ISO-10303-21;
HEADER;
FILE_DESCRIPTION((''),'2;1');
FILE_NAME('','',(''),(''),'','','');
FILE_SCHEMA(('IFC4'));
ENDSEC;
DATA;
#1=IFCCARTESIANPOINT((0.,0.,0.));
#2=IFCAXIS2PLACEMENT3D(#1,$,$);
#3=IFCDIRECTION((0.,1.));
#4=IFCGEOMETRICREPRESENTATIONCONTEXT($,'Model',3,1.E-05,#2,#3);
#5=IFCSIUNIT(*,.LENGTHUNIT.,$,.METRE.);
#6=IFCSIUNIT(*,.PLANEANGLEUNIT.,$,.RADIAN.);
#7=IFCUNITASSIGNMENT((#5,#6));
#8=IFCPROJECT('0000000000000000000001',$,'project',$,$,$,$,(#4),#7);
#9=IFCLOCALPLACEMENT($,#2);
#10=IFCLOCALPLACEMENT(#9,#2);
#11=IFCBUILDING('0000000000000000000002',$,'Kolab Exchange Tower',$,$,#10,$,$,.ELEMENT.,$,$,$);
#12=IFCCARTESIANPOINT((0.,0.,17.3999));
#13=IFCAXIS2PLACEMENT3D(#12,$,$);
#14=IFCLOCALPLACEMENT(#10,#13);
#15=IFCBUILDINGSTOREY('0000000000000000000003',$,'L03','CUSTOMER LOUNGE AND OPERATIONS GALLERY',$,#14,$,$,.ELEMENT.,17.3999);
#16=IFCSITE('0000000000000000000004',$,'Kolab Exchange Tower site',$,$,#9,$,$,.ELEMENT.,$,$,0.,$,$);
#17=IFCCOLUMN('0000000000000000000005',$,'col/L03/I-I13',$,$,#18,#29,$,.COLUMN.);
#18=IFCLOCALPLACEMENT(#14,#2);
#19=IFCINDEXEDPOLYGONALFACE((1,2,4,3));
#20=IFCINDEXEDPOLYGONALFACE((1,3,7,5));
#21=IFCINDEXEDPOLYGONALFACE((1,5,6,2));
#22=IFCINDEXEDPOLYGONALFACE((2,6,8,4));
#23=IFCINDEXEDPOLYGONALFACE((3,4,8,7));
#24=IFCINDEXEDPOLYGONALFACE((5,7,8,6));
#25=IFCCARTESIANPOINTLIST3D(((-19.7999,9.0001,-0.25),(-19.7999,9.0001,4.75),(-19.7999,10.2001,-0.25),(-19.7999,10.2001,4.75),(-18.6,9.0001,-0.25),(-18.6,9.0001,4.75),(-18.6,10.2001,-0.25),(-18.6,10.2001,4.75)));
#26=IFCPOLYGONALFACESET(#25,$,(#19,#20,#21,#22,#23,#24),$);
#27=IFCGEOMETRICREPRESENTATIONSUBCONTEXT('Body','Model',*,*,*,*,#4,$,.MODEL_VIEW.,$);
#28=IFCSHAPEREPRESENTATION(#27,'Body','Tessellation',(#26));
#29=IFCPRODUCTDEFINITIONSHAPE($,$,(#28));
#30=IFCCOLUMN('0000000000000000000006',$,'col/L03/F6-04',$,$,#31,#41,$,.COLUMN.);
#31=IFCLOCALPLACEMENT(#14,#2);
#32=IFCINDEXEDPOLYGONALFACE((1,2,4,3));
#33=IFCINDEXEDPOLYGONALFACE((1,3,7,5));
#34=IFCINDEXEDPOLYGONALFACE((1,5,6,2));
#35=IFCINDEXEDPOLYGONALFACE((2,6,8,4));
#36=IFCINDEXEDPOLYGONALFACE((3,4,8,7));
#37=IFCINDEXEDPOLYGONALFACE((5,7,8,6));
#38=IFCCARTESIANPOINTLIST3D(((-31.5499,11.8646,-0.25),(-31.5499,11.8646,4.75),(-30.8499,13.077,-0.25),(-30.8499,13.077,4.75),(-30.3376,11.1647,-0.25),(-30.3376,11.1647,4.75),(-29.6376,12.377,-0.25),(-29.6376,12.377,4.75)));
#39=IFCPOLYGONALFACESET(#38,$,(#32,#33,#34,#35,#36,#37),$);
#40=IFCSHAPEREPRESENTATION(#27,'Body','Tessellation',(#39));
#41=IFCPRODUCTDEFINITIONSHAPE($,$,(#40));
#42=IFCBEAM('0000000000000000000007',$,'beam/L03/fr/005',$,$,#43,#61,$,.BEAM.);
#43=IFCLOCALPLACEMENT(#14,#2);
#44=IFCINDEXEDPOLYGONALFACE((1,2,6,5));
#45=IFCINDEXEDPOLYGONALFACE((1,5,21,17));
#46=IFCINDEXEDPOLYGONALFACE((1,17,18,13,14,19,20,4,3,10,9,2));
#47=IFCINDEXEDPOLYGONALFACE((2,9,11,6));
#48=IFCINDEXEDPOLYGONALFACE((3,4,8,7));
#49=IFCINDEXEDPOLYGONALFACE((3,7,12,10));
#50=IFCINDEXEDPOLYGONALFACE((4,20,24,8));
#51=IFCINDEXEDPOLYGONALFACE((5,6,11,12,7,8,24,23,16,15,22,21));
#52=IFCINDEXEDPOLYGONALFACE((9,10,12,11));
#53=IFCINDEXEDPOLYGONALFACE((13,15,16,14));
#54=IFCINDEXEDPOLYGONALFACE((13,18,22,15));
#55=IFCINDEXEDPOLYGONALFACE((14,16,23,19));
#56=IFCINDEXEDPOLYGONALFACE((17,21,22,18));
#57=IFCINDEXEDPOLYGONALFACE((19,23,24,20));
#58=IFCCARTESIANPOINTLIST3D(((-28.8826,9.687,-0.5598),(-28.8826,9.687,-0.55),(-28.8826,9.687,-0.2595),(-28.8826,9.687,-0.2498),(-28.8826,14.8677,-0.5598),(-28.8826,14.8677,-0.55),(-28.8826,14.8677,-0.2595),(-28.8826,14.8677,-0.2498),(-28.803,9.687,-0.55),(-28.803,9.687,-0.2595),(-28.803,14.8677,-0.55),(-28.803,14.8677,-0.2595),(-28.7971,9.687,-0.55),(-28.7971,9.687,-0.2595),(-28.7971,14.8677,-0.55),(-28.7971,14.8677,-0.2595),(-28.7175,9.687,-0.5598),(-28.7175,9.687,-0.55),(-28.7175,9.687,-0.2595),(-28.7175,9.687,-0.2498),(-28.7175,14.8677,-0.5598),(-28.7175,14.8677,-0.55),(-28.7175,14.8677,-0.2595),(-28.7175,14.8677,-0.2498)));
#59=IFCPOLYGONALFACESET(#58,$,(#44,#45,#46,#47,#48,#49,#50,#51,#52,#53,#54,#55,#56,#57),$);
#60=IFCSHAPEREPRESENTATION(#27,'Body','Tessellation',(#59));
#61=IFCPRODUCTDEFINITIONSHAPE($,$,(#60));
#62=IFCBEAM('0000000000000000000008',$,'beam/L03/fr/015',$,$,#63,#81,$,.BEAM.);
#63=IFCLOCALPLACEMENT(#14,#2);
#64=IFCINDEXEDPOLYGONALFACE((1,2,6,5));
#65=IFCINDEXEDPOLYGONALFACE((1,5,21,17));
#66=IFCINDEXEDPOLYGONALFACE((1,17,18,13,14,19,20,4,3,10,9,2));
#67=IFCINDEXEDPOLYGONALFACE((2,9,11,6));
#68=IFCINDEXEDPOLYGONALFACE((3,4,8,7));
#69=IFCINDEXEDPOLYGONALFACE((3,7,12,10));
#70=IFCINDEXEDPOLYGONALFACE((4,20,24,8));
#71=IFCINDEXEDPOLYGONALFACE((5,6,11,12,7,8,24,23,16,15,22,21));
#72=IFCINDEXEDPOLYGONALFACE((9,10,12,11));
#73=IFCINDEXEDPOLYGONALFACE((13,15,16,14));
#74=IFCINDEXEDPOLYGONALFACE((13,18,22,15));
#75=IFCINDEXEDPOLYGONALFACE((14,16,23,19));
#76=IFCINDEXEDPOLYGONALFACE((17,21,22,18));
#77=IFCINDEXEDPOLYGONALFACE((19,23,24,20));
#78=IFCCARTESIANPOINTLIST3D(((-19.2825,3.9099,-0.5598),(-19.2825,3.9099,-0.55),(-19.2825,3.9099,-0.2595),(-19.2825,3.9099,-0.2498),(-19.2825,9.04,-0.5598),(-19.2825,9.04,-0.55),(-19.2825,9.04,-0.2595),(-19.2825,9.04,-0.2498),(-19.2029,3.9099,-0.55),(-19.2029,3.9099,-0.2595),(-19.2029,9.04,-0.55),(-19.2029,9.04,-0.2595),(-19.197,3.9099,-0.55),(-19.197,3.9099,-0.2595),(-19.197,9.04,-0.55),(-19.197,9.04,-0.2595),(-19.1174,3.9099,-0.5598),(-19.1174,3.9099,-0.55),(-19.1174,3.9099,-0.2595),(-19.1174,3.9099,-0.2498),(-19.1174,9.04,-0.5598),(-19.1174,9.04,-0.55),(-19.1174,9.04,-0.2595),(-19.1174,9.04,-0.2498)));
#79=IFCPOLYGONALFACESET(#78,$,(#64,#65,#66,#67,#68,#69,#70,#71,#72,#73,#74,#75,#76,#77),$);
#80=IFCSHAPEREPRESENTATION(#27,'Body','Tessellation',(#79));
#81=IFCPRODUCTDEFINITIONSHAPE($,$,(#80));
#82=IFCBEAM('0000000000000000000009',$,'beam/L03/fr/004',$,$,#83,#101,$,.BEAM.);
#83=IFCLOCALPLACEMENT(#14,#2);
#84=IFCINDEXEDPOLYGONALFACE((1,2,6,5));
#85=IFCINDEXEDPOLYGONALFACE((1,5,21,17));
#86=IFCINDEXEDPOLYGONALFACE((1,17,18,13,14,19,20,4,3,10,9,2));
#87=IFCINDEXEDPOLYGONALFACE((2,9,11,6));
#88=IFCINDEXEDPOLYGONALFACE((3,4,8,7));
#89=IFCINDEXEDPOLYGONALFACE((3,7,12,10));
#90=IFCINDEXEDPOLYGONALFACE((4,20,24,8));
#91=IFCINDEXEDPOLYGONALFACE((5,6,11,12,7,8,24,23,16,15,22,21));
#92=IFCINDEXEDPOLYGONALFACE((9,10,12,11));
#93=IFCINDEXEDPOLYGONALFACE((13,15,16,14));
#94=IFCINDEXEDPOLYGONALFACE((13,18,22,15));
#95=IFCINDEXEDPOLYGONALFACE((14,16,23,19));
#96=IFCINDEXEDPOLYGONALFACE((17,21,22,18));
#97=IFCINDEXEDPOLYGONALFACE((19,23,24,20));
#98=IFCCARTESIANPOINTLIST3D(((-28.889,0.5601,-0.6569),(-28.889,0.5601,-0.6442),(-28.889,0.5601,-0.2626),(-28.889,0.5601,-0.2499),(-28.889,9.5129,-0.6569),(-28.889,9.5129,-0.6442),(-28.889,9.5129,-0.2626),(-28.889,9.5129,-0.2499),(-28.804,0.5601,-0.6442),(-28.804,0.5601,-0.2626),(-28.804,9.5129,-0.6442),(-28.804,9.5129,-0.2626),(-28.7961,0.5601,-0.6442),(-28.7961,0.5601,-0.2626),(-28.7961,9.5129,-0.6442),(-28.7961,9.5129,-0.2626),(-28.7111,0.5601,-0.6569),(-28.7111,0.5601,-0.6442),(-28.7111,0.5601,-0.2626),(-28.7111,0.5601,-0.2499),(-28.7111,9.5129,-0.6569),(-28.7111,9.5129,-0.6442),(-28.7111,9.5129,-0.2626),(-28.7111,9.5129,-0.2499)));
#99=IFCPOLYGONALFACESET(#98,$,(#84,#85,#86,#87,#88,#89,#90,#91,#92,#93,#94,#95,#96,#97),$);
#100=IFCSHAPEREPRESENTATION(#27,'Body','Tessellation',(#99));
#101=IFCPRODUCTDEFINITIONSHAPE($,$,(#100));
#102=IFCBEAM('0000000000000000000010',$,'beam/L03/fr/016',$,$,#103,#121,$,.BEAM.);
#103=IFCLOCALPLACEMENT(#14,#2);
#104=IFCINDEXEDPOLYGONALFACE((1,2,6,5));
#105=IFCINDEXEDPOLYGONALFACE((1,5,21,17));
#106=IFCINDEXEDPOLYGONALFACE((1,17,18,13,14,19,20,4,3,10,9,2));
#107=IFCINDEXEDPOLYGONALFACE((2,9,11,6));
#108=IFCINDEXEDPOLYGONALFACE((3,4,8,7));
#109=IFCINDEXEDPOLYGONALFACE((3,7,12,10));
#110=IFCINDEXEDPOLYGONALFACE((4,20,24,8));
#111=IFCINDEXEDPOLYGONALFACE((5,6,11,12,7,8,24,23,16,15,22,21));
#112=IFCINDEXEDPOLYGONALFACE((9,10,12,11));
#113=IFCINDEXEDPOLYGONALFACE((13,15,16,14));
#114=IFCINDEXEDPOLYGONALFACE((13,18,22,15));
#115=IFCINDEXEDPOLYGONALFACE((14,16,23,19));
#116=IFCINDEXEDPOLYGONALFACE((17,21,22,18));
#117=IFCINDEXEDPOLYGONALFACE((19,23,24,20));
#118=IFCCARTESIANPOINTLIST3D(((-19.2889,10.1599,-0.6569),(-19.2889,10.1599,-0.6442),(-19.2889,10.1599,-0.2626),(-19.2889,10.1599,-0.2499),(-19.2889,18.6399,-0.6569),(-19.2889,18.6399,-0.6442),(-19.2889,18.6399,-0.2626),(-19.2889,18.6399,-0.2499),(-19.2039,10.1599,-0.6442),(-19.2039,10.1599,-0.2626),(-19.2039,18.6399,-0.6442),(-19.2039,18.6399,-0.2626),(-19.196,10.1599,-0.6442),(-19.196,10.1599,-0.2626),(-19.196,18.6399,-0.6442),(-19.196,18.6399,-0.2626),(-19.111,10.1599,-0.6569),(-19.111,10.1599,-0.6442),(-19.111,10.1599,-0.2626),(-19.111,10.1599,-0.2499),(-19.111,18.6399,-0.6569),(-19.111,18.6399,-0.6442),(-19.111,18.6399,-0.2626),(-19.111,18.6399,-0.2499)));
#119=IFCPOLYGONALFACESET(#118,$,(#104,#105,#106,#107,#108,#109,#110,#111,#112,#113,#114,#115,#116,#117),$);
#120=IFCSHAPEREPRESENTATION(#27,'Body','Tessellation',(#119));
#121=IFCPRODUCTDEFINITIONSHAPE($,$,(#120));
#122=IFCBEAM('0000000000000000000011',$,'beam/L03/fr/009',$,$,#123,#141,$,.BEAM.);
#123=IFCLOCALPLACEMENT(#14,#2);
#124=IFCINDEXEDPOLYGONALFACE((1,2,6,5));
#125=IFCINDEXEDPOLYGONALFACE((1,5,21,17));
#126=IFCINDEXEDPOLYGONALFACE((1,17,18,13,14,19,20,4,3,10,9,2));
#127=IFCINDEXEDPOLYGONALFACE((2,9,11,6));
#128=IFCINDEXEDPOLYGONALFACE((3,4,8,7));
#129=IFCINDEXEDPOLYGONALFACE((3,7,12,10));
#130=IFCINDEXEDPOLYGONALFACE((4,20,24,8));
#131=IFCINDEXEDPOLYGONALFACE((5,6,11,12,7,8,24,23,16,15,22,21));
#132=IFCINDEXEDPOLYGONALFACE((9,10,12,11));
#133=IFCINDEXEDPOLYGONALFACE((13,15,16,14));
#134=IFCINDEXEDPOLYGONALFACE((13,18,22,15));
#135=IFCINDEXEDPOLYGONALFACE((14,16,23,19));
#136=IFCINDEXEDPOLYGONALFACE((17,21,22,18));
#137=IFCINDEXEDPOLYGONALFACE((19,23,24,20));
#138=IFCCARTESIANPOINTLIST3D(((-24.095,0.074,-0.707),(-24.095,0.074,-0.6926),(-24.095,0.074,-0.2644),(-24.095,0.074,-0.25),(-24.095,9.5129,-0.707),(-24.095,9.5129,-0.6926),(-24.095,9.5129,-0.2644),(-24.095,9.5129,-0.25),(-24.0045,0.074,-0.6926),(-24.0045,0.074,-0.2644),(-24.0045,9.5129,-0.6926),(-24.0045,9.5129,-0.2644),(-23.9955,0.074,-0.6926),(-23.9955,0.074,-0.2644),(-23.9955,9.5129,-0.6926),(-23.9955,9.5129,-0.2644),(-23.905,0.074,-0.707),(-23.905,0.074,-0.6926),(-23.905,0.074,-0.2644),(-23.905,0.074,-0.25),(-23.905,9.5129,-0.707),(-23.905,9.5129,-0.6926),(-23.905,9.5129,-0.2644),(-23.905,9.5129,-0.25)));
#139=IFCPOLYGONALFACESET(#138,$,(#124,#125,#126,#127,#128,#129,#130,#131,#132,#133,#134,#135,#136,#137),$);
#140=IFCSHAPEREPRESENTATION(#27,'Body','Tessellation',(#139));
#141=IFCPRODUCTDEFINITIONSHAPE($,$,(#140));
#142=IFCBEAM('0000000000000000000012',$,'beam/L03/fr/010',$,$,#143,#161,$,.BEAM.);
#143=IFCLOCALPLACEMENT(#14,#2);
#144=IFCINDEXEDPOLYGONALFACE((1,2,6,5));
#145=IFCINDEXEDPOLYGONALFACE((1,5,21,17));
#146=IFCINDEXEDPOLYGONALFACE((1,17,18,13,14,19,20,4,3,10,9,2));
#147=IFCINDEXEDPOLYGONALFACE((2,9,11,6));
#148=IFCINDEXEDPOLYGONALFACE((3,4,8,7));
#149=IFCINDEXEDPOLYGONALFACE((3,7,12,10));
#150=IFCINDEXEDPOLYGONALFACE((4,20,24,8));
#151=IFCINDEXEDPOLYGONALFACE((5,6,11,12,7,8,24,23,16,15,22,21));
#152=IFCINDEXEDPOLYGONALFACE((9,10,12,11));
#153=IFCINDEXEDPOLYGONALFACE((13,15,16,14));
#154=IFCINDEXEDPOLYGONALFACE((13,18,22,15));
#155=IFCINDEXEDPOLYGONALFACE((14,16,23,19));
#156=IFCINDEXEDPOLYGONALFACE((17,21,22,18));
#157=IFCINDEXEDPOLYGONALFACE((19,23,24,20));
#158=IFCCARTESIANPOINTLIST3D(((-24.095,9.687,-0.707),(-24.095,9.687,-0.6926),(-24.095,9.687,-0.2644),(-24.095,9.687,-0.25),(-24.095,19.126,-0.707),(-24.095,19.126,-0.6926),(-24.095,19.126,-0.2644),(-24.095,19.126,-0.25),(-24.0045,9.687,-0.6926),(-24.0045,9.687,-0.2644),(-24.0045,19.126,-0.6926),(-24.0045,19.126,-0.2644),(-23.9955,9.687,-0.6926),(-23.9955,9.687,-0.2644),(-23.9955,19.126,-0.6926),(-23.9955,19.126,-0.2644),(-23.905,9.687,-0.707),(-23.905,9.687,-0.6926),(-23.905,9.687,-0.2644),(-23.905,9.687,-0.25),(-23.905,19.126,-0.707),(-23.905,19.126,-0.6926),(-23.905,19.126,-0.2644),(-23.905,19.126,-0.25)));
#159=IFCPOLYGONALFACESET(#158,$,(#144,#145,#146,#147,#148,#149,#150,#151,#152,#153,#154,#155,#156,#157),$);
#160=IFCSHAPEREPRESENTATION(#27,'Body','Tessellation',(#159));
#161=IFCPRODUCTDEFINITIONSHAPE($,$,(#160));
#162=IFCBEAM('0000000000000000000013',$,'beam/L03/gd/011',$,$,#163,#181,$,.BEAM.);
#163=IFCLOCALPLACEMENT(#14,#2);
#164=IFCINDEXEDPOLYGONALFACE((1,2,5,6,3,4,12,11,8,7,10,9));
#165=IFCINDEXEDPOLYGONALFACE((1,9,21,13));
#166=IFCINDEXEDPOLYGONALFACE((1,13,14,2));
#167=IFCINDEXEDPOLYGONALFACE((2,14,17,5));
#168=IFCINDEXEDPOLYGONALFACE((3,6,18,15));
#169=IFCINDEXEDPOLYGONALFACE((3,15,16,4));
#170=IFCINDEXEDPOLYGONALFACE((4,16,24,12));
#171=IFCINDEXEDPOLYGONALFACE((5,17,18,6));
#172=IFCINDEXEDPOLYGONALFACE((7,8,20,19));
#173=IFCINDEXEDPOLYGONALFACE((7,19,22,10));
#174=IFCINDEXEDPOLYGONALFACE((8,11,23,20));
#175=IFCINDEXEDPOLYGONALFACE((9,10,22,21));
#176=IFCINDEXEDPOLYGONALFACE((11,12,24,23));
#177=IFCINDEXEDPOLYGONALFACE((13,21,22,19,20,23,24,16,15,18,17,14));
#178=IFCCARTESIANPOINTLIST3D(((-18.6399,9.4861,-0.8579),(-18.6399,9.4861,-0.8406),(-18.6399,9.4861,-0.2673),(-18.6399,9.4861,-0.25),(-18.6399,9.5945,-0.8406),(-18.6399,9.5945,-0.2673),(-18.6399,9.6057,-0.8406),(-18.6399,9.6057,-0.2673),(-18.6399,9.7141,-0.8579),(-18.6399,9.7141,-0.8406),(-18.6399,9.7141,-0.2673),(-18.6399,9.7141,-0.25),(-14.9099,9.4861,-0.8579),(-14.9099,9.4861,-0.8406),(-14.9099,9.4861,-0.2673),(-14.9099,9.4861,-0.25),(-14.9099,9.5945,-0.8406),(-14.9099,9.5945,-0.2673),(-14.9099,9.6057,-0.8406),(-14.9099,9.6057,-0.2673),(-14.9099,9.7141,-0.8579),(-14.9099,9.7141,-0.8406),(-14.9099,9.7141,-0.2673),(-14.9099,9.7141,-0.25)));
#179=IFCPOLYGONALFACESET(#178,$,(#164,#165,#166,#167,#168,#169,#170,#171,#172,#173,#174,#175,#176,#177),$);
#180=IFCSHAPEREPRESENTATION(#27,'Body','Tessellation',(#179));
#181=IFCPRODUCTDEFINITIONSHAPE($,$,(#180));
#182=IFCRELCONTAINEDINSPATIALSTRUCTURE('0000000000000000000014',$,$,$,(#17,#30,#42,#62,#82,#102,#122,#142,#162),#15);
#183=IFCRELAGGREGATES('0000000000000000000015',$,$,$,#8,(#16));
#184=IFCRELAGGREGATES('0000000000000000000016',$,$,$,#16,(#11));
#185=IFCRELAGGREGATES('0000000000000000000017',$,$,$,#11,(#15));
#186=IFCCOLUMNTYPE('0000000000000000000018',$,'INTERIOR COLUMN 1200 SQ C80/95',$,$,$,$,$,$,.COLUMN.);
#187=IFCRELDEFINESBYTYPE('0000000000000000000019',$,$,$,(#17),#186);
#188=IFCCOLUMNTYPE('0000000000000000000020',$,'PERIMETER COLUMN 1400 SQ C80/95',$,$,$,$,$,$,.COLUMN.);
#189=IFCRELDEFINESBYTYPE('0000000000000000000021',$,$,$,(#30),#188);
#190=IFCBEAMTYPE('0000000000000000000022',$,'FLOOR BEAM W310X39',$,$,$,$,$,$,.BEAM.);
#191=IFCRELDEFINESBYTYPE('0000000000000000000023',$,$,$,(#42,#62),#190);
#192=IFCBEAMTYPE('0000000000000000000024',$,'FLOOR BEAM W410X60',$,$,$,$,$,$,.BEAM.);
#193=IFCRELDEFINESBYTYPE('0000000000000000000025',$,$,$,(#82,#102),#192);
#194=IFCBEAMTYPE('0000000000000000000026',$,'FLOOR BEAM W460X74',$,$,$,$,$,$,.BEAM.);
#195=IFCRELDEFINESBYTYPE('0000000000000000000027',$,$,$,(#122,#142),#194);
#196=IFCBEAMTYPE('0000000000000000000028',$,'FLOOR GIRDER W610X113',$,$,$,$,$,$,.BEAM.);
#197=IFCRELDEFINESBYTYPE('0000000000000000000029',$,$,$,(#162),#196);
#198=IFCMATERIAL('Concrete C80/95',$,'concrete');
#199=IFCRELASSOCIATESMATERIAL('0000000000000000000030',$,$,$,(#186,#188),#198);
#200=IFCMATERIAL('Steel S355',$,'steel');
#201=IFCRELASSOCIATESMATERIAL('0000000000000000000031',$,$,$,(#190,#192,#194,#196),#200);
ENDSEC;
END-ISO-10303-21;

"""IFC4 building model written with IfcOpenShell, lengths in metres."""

from ifc_helpers import new_model, si_unit, direction, frame, origin, origin_2d, place, context, subcontext, project, spatial, rectangle, i_section, extrude, material, material_profile, profile_set, type_object, element, save


model = new_model("IFC4")

# Units and contexts
model_context = context("Model", 3, precision=1e-05, world=origin(), true_north=direction((0.0, 1.0)))
body_context = subcontext(model_context, "Body", "Model", "MODEL_VIEW")
ifc_project = project(units=[si_unit("LENGTHUNIT", "METRE"), si_unit("PLANEANGLEUNIT", "RADIAN")], contexts=[model_context])

# Site, building, storey
site_placement = place(None, origin())
site = spatial("IfcSite", under=ifc_project, at=site_placement, Name="Kolab Exchange Tower site", CompositionType="ELEMENT", RefElevation=0.0)
building_placement = place(site_placement, origin())
building = spatial("IfcBuilding", under=site, at=building_placement, Name="Kolab Exchange Tower", CompositionType="ELEMENT")
storey_placement = place(building_placement, frame((0.0, 0.0, 17.3999)))
storey = spatial("IfcBuildingStorey", under=building, at=storey_placement, Name="L03", Description="CUSTOMER LOUNGE AND OPERATIONS GALLERY", CompositionType="ELEMENT", Elevation=17.3999)

# Columns
ifc_material_1 = material(Name="Concrete C80/95", Category="concrete")
ifc_material_profile_1 = material_profile(ifc_material_1, rectangle(XDim=1.2, YDim=1.2, at=origin_2d()), Name="RC1200")
ifc_profile_set_1 = profile_set([ifc_material_profile_1], Name="Concrete C80/95")
column_type_1 = type_object("IfcColumnType", Name="INTERIOR COLUMN 1200 SQ C80/95", PredefinedType="COLUMN", material=ifc_profile_set_1)
column_1_placement = place(storey_placement, frame((-19.2, 9.6001, -0.25), z_axis=(0.0, 0.0, 1.0), x_axis=(1.0, 0.0, 0.0)))
element("IfcColumn", 1, at=column_1_placement, inside=storey, type_object=column_type_1, Name="col/L03/I-I13", PredefinedType="COLUMN", context=body_context, shape_type="SweptSolid", body=[
    extrude(rectangle(XDim=1.2, YDim=1.2, at=origin_2d()), origin(), (0.0, 0.0, 1.0), 5.0),
])
ifc_material_profile_2 = material_profile(ifc_material_1, rectangle(XDim=1.3999, YDim=1.3999, at=origin_2d()), Name="RC1400")
ifc_profile_set_2 = profile_set([ifc_material_profile_2], Name="Concrete C80/95")
column_type_2 = type_object("IfcColumnType", Name="PERIMETER COLUMN 1400 SQ C80/95", PredefinedType="COLUMN", material=ifc_profile_set_2)
column_2_placement = place(storey_placement, frame((-30.5938, 12.1208, -0.25), z_axis=(0.0, 0.0, 1.0), x_axis=(0.5, 0.866025, 0.0)))
element("IfcColumn", 2, at=column_2_placement, inside=storey, type_object=column_type_2, Name="col/L03/F6-04", PredefinedType="COLUMN", context=body_context, shape_type="SweptSolid", body=[
    extrude(rectangle(XDim=1.3999, YDim=1.3999, at=origin_2d()), origin(), (0.0, 0.0, 1.0), 5.0),
])

# Beams
ifc_material_2 = material(Name="Steel S355", Category="steel")
ifc_material_profile_3 = material_profile(ifc_material_2, i_section(OverallWidth=0.165, OverallDepth=0.3101, WebThickness=0.0059, FlangeThickness=0.0098, at=origin_2d()), Name="W310X39")
ifc_profile_set_3 = profile_set([ifc_material_profile_3], Name="Steel S355")
beam_type_1 = type_object("IfcBeamType", Name="FLOOR BEAM W310X39", PredefinedType="BEAM", material=ifc_profile_set_3)
beam_1_placement = place(storey_placement, frame((-28.8, 9.687, -0.4048), z_axis=(0.0, 1.0, 0.0), x_axis=(-1.0, 0.0, 0.0)))
element("IfcBeam", 3, at=beam_1_placement, inside=storey, type_object=beam_type_1, Name="beam/L03/fr/005", PredefinedType="BEAM", context=body_context, shape_type="SweptSolid", body=[
    extrude(i_section(OverallWidth=0.165, OverallDepth=0.3101, WebThickness=0.0059, FlangeThickness=0.0098, at=origin_2d()), origin(), (0.0, 0.0, 1.0), 5.1807),
])
beam_2_placement = place(storey_placement, frame((-19.2, 3.9099, -0.4048), z_axis=(0.0, 1.0, 0.0), x_axis=(-1.0, 0.0, 0.0)))
element("IfcBeam", 4, at=beam_2_placement, inside=storey, type_object=beam_type_1, Name="beam/L03/fr/015", PredefinedType="BEAM", context=body_context, shape_type="SweptSolid", body=[
    extrude(i_section(OverallWidth=0.165, OverallDepth=0.3101, WebThickness=0.0059, FlangeThickness=0.0098, at=origin_2d()), origin(), (0.0, 0.0, 1.0), 5.1301),
])
ifc_material_profile_4 = material_profile(ifc_material_2, i_section(OverallWidth=0.178, OverallDepth=0.407, WebThickness=0.0078, FlangeThickness=0.0127, at=origin_2d()), Name="W410X60")
ifc_profile_set_4 = profile_set([ifc_material_profile_4], Name="Steel S355")
beam_type_2 = type_object("IfcBeamType", Name="FLOOR BEAM W410X60", PredefinedType="BEAM", material=ifc_profile_set_4)
beam_3_placement = place(storey_placement, frame((-28.8, 0.5601, -0.4534), z_axis=(0.0, 1.0, 0.0), x_axis=(-1.0, 0.0, 0.0)))
element("IfcBeam", 5, at=beam_3_placement, inside=storey, type_object=beam_type_2, Name="beam/L03/fr/004", PredefinedType="BEAM", context=body_context, shape_type="SweptSolid", body=[
    extrude(i_section(OverallWidth=0.178, OverallDepth=0.407, WebThickness=0.0078, FlangeThickness=0.0127, at=origin_2d()), origin(), (0.0, 0.0, 1.0), 8.9529),
])
beam_4_placement = place(storey_placement, frame((-19.2, 10.1599, -0.4534), z_axis=(0.0, 1.0, 0.0), x_axis=(-1.0, 0.0, 0.0)))
element("IfcBeam", 6, at=beam_4_placement, inside=storey, type_object=beam_type_2, Name="beam/L03/fr/016", PredefinedType="BEAM", context=body_context, shape_type="SweptSolid", body=[
    extrude(i_section(OverallWidth=0.178, OverallDepth=0.407, WebThickness=0.0078, FlangeThickness=0.0127, at=origin_2d()), origin(), (0.0, 0.0, 1.0), 8.48),
])
ifc_material_profile_5 = material_profile(ifc_material_2, i_section(OverallWidth=0.1899, OverallDepth=0.457, WebThickness=0.009, FlangeThickness=0.0144, at=origin_2d()), Name="W460X74")
ifc_profile_set_5 = profile_set([ifc_material_profile_5], Name="Steel S355")
beam_type_3 = type_object("IfcBeamType", Name="FLOOR BEAM W460X74", PredefinedType="BEAM", material=ifc_profile_set_5)
for number, where, z_axis, x_axis, name in (
    (7, (-24.0, 0.074, -0.4785), (0.0, 1.0, 0.0), (-1.0, 0.0, 0.0), "beam/L03/fr/009"),
    (8, (-24.0, 9.687, -0.4785), (0.0, 1.0, 0.0), (-1.0, 0.0, 0.0), "beam/L03/fr/010"),
):
    element("IfcBeam", number, at=place(storey_placement, frame(where, z_axis=z_axis, x_axis=x_axis)), inside=storey, type_object=beam_type_3, Name=name, PredefinedType="BEAM", context=body_context, shape_type="SweptSolid", body=[
        extrude(i_section(OverallWidth=0.1899, OverallDepth=0.457, WebThickness=0.009, FlangeThickness=0.0144, at=origin_2d()), origin(), (0.0, 0.0, 1.0), 9.439),
    ])
ifc_material_profile_6 = material_profile(ifc_material_2, i_section(OverallWidth=0.228, OverallDepth=0.6079, WebThickness=0.0112, FlangeThickness=0.0173, at=origin_2d()), Name="W610X113")
ifc_profile_set_6 = profile_set([ifc_material_profile_6], Name="Steel S355")
beam_type_4 = type_object("IfcBeamType", Name="FLOOR GIRDER W610X113", PredefinedType="BEAM", material=ifc_profile_set_6)
beam_5_placement = place(storey_placement, frame((-18.6399, 9.6001, -0.554), z_axis=(1.0, 0.0, 0.0), x_axis=(0.0, 1.0, 0.0)))
element("IfcBeam", 9, at=beam_5_placement, inside=storey, type_object=beam_type_4, Name="beam/L03/gd/011", PredefinedType="BEAM", context=body_context, shape_type="SweptSolid", body=[
    extrude(i_section(OverallWidth=0.228, OverallDepth=0.6079, WebThickness=0.0112, FlangeThickness=0.0173, at=origin_2d()), origin(), (0.0, 0.0, 1.0), 3.73),
])

save(model, "model.ifc")
